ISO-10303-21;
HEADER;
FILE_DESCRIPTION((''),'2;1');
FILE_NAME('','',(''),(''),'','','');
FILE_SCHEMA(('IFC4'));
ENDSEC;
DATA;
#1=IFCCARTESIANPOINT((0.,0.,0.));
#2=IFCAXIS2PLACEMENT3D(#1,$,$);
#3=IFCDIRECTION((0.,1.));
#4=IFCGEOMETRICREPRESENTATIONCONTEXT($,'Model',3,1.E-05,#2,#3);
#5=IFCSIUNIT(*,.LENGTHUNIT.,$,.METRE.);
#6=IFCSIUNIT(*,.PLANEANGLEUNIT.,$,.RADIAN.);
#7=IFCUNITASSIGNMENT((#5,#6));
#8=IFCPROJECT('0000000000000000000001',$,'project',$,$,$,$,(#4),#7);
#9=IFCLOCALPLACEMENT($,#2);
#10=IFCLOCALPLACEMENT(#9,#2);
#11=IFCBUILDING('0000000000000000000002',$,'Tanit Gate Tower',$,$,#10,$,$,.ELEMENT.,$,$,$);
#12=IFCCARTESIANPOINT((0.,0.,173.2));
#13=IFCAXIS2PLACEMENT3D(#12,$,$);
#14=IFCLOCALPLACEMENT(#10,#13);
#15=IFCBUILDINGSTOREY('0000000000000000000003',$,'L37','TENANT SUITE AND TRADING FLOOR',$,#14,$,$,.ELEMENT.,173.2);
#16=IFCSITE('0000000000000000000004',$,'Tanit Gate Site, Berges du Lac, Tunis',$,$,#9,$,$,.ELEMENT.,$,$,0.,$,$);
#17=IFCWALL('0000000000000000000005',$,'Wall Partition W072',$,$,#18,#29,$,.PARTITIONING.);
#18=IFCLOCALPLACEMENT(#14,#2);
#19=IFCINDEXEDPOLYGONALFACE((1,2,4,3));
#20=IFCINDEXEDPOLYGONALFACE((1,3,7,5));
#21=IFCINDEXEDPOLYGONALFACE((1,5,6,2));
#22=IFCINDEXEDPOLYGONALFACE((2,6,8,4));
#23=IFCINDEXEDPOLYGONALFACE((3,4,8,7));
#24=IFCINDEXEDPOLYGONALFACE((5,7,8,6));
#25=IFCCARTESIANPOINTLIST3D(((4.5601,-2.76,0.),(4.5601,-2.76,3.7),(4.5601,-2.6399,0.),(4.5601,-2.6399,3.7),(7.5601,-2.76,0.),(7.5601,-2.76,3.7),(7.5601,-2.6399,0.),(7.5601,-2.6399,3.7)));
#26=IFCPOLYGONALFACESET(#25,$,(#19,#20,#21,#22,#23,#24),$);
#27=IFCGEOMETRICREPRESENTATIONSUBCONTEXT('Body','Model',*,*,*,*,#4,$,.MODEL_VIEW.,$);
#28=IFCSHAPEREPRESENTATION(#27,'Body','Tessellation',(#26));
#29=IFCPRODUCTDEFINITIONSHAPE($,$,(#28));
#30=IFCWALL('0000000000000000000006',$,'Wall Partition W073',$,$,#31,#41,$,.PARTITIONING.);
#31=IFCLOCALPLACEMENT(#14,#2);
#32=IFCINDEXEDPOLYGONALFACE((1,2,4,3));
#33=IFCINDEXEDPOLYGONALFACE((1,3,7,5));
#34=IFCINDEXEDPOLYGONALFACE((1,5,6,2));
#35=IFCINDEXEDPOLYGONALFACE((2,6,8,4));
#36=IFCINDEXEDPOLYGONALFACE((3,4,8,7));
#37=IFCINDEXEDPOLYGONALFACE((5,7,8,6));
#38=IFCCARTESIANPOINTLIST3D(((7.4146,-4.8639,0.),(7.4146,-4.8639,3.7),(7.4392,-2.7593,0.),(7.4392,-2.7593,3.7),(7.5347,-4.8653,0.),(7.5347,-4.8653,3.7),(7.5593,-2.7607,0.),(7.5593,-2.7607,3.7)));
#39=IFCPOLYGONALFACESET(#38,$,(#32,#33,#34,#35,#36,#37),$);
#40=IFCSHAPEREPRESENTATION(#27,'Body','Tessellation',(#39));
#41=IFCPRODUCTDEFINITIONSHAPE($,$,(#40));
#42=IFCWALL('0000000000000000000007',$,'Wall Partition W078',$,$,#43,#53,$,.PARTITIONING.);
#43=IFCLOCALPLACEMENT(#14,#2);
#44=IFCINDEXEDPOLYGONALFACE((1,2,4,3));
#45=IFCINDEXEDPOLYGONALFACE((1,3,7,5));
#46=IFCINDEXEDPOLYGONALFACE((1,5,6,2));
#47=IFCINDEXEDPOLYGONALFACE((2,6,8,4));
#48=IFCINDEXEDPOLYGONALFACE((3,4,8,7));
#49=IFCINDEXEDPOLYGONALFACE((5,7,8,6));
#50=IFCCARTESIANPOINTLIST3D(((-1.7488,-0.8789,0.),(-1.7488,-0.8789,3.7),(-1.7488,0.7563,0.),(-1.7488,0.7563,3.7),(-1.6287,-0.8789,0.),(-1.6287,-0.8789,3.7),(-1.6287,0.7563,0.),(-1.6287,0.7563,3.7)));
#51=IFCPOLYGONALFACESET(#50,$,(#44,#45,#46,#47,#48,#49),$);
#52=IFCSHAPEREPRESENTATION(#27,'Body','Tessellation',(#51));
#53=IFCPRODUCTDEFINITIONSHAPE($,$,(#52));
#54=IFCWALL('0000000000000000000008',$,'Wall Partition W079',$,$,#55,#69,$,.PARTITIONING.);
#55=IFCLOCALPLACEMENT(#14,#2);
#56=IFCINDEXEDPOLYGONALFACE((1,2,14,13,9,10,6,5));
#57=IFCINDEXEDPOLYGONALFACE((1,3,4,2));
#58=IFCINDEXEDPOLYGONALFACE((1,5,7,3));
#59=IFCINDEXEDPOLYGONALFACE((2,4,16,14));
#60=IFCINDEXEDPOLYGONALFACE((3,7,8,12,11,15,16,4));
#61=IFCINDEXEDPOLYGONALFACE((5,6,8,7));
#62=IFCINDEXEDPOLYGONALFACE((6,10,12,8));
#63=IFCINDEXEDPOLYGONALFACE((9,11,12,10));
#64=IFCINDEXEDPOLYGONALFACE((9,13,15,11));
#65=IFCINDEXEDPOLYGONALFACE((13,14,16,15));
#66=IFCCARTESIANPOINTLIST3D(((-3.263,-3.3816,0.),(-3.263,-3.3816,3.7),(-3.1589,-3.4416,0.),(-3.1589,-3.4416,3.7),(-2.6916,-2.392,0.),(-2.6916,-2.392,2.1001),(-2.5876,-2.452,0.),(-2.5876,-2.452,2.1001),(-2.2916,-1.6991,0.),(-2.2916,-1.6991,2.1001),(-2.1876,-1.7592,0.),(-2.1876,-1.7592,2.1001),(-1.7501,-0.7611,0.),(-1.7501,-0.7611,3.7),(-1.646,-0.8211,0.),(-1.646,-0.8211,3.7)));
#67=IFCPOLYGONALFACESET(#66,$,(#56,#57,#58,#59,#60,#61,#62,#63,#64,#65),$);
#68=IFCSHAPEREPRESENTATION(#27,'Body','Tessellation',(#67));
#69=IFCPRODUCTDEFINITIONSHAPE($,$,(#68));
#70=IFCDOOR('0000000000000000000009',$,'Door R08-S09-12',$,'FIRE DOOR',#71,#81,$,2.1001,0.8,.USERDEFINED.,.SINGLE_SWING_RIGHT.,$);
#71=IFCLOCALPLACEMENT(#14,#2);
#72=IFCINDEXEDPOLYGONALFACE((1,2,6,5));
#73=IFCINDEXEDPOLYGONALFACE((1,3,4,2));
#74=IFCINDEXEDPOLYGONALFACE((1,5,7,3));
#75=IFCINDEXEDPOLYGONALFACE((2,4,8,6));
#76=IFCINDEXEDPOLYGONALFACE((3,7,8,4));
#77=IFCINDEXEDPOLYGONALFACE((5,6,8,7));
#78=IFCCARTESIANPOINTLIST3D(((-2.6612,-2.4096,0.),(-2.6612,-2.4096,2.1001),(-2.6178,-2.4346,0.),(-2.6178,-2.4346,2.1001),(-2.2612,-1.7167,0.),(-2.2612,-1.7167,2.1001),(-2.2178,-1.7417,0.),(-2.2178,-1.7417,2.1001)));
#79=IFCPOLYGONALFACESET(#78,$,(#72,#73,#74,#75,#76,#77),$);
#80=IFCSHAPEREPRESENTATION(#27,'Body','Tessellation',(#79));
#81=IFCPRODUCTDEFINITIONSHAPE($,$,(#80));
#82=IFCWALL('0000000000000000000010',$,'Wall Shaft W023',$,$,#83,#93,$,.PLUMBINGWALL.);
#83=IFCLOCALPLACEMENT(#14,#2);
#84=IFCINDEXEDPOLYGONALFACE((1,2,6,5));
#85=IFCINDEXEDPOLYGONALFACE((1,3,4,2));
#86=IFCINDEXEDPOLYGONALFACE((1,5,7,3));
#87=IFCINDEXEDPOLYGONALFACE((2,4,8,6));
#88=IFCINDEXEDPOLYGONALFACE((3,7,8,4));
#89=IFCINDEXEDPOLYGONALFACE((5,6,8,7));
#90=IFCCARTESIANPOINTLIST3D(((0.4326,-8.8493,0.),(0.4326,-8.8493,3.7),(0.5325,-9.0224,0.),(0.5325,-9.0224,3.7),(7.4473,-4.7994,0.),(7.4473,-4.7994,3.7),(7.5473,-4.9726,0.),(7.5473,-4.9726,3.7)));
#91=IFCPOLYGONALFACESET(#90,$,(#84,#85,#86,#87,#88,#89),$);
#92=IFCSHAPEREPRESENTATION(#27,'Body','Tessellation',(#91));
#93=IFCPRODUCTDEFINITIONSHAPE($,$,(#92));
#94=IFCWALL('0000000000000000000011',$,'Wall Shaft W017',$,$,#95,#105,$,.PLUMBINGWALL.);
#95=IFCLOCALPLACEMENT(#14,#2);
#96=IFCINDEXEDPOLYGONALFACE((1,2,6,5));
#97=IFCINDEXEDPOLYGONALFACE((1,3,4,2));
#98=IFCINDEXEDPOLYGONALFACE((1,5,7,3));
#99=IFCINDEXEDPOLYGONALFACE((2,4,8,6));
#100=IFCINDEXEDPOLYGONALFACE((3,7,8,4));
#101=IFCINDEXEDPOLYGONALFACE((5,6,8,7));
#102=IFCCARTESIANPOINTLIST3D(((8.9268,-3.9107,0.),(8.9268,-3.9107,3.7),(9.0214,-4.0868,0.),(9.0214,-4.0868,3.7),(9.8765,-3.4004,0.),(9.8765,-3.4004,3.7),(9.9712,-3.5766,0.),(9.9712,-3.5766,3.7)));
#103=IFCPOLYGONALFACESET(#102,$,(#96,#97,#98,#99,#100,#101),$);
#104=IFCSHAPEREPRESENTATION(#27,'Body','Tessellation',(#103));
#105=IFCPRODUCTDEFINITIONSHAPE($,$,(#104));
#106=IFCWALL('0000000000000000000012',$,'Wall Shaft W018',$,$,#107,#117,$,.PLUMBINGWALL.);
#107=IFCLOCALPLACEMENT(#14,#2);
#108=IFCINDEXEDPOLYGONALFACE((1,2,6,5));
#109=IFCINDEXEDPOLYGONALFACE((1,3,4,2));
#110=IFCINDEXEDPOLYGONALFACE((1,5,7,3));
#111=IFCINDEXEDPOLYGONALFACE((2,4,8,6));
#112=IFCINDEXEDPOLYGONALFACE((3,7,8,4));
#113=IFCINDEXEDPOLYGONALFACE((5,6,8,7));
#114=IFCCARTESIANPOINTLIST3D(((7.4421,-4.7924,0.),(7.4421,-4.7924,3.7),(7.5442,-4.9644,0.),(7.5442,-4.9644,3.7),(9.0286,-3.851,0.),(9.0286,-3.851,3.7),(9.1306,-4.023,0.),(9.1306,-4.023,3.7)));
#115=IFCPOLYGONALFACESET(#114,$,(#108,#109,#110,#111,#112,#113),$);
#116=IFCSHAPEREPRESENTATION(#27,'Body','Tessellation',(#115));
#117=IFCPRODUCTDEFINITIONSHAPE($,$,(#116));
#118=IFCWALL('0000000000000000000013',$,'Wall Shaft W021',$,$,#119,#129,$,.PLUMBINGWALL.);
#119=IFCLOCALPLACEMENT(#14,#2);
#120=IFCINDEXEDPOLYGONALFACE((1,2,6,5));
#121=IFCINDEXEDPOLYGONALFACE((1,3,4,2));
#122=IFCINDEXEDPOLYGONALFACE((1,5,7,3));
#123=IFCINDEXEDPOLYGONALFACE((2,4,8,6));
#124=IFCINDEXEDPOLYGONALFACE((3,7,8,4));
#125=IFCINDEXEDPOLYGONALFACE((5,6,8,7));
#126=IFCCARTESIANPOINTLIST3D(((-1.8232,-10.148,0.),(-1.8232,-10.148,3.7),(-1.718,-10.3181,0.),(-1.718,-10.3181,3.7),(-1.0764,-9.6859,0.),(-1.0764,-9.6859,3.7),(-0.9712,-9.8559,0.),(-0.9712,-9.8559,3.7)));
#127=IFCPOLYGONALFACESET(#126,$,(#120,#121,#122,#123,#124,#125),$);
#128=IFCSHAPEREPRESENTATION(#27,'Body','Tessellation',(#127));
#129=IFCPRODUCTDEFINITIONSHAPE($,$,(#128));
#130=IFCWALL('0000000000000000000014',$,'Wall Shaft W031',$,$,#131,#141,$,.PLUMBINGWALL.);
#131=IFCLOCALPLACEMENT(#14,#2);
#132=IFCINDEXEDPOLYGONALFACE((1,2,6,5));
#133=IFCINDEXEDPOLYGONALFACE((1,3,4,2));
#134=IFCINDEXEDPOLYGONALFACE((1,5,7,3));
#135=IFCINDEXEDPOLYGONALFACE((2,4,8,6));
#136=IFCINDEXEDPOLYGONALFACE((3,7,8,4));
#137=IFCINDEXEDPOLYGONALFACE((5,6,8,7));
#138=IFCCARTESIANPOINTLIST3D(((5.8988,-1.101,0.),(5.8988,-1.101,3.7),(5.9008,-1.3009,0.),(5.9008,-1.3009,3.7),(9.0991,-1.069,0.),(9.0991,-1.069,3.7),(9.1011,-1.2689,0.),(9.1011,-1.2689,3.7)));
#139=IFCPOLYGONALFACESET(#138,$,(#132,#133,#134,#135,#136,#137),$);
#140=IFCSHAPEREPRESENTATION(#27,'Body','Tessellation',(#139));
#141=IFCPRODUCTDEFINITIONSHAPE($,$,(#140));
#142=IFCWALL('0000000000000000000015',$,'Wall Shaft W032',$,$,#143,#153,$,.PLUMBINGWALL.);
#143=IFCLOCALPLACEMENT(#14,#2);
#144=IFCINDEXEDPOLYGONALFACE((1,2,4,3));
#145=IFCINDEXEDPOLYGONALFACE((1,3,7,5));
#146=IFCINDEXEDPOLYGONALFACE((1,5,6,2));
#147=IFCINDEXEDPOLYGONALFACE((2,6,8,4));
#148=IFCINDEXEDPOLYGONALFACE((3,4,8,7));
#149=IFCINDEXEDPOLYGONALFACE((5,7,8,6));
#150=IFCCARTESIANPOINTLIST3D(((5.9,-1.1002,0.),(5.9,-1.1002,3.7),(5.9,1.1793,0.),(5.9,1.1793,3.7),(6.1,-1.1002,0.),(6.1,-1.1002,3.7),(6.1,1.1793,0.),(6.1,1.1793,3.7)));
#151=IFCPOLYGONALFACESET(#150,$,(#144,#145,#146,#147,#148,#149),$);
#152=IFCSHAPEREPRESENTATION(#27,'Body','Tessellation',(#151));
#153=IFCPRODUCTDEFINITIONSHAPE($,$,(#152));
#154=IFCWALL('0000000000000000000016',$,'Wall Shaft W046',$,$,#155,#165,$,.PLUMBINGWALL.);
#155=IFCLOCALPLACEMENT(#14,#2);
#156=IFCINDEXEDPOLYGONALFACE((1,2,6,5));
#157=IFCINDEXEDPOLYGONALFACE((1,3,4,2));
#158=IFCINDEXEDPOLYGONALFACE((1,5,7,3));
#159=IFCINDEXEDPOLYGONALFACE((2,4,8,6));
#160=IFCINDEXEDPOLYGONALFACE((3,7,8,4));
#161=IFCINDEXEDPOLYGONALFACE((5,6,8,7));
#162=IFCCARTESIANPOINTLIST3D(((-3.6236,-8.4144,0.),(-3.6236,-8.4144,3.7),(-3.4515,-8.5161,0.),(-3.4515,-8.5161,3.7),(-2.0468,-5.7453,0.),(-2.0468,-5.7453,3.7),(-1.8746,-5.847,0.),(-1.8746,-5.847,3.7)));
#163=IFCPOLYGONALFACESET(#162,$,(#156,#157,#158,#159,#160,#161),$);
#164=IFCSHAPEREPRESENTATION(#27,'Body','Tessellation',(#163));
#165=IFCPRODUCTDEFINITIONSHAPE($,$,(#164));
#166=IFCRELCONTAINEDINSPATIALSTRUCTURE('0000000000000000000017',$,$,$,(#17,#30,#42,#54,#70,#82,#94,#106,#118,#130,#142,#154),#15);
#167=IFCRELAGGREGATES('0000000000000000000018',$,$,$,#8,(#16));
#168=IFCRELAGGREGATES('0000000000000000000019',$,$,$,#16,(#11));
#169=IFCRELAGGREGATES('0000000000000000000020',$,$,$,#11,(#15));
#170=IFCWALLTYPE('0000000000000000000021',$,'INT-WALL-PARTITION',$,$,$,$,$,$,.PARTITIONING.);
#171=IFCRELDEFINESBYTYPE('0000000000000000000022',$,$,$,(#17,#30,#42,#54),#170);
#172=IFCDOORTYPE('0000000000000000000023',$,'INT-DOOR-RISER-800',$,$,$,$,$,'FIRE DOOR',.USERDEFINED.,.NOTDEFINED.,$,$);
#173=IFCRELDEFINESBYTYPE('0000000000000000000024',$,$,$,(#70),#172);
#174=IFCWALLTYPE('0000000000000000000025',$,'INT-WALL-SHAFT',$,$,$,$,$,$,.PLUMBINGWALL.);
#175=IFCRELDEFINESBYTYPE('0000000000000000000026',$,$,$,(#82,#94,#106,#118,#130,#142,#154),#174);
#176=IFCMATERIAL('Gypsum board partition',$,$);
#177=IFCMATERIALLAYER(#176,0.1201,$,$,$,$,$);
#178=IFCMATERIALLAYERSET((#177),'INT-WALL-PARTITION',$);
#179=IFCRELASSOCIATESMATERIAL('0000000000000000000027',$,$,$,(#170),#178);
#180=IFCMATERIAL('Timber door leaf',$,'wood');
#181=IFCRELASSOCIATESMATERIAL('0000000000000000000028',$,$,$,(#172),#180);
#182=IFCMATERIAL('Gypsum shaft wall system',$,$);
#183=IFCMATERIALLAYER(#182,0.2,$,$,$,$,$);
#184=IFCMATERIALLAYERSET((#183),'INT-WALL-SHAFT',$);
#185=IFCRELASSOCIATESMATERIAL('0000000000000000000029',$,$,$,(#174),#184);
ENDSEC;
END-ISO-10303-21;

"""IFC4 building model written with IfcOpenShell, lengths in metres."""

from ifc_helpers import new_model, si_unit, direction, frame, frame_2d, origin, place, context, subcontext, project, spatial, rectangle, extrude, material, layer, layer_set, type_object, element, fill, save


model = new_model("IFC4")

# Units and contexts
model_context = context("Model", 3, precision=1e-05, world=origin(), true_north=direction((0.0, 1.0)))
body_context = subcontext(model_context, "Body", "Model", "MODEL_VIEW")
ifc_project = project(units=[si_unit("LENGTHUNIT", "METRE"), si_unit("PLANEANGLEUNIT", "RADIAN")], contexts=[model_context])

# Site, building, storey
site_placement = place(None, origin())
site = spatial("IfcSite", under=ifc_project, at=site_placement, Name="Tanit Gate Site, Berges du Lac, Tunis", CompositionType="ELEMENT", RefElevation=0.0)
building_placement = place(site_placement, origin())
building = spatial("IfcBuilding", under=site, at=building_placement, Name="Tanit Gate Tower", CompositionType="ELEMENT")
storey_placement = place(building_placement, frame((0.0, 0.0, 173.2)))
storey = spatial("IfcBuildingStorey", under=building, at=storey_placement, Name="L37", Description="TENANT SUITE AND TRADING FLOOR", CompositionType="ELEMENT", Elevation=173.2)

# Shared definitions
ifc_material_1 = material(Name="Gypsum board partition")
ifc_layer_1 = layer(ifc_material_1, 0.1201)
ifc_layer_set_1 = layer_set([ifc_layer_1], Name="INT-WALL-PARTITION")
wall_type_1 = type_object("IfcWallType", Name="INT-WALL-PARTITION", PredefinedType="PARTITIONING", material=ifc_layer_set_1)
ifc_material_2 = material(Name="Timber door leaf", Category="wood")
door_type_1 = type_object("IfcDoorType", Name="INT-DOOR-RISER-800", ElementType="FIRE DOOR", OperationType="NOTDEFINED", PredefinedType="USERDEFINED", material=ifc_material_2)

# Walls
wall_1_placement = place(storey_placement, frame((7.5601, -2.7, 0.0), z_axis=(0.0, 0.0, 1.0), x_axis=(-1.0, 0.0, 0.0)))
element("IfcWall", 1, at=wall_1_placement, inside=storey, type_object=wall_type_1, Name="Wall Partition W072", PredefinedType="PARTITIONING", context=body_context, shape_type="SweptSolid", body=[
    extrude(rectangle(XDim=3.0, YDim=0.1201, at=frame_2d((1.5, 0.0))), origin(), (0.0, 0.0, 1.0), 3.7),
])
wall_2_placement = place(storey_placement, frame((7.4746, -4.8645, 0.0), z_axis=(0.0, 0.0, 1.0), x_axis=(0.011716, 0.999931, 0.0)))
element("IfcWall", 2, at=wall_2_placement, inside=storey, type_object=wall_type_1, Name="Wall Partition W073", PredefinedType="PARTITIONING", context=body_context, shape_type="SweptSolid", body=[
    extrude(rectangle(XDim=2.1047, YDim=0.1201, at=frame_2d((1.0522, 0.0))), origin(), (0.0, 0.0, 1.0), 3.7),
])
wall_3_placement = place(storey_placement, frame((-1.6887, -0.8789, 0.0), z_axis=(0.0, 0.0, 1.0), x_axis=(0.0, 1.0, 0.0)))
element("IfcWall", 3, at=wall_3_placement, inside=storey, type_object=wall_type_1, Name="Wall Partition W078", PredefinedType="PARTITIONING", context=body_context, shape_type="SweptSolid", body=[
    extrude(rectangle(XDim=1.6353, YDim=0.1201, at=frame_2d((0.8176, 0.0))), origin(), (0.0, 0.0, 1.0), 3.7),
])

# Wall, opening, door
wall_4_placement = place(storey_placement, frame((-3.2109, -3.4116, 0.0), z_axis=(0.0, 0.0, 1.0), x_axis=(0.499983, 0.866035, 0.0)))
wall_4 = element("IfcWall", 4, at=wall_4_placement, inside=storey, type_object=wall_type_1, Name="Wall Partition W079", PredefinedType="PARTITIONING", context=body_context, shape_type="SweptSolid", body=[
    extrude(rectangle(XDim=3.0259, YDim=0.1201, at=frame_2d((1.5129, 0.0))), origin(), (0.0, 0.0, 1.0), 3.7),
])
opening_1_placement = place(wall_4_placement, frame((1.1428, 0.0, 0.0)))
opening_1 = element("IfcOpeningElement", 5, at=opening_1_placement, cuts=wall_4, PredefinedType="OPENING", context=body_context, shape_type="SweptSolid", body=[
    extrude(rectangle(XDim=0.8, YDim=2.1001, at=frame_2d((0.3999, 1.05))), frame((0.0, 0.0701, 0.0), z_axis=(0.0, -1.0, 0.0), x_axis=(1.0, 0.0, 0.0)), (0.0, 0.0, 1.0), 0.1401),
])
door_1_placement = place(opening_1_placement, origin())
door_1 = element("IfcDoor", 6, at=door_1_placement, inside=storey, type_object=door_type_1, Name="Door R08-S09-12", ObjectType="FIRE DOOR", OperationType="SINGLE_SWING_RIGHT", OverallHeight=2.1001, OverallWidth=0.8, PredefinedType="USERDEFINED", context=body_context, shape_type="SweptSolid", body=[
    extrude(rectangle(XDim=0.8, YDim=2.1001, at=frame_2d((0.3999, 1.05))), frame((0.0, 0.0249, 0.0), z_axis=(0.0, -1.0, 0.0), x_axis=(1.0, 0.0, 0.0)), (0.0, 0.0, 1.0), 0.05),
])
fill(opening_1, door_1)

# Walls
ifc_material_3 = material(Name="Gypsum shaft wall system")
ifc_layer_2 = layer(ifc_material_3, 0.2)
ifc_layer_set_2 = layer_set([ifc_layer_2], Name="INT-WALL-SHAFT")
wall_type_2 = type_object("IfcWallType", Name="INT-WALL-SHAFT", PredefinedType="PLUMBINGWALL", material=ifc_layer_set_2)
wall_5_placement = place(storey_placement, frame((0.4827, -8.9358, 0.0), z_axis=(0.0, 0.0, 1.0), x_axis=(0.866031, 0.49999, 0.0)))
element("IfcWall", 7, at=wall_5_placement, inside=storey, type_object=wall_type_2, Name="Wall Shaft W023", PredefinedType="PLUMBINGWALL", context=body_context, shape_type="SweptSolid", body=[
    extrude(rectangle(XDim=8.0999, YDim=0.2, at=frame_2d((4.0498, 0.0))), origin(), (0.0, 0.0, 1.0), 3.7),
])
wall_6_placement = place(storey_placement, frame((8.9741, -3.9988, 0.0), z_axis=(0.0, 0.0, 1.0), x_axis=(0.880907, 0.473289, 0.0)))
element("IfcWall", 8, at=wall_6_placement, inside=storey, type_object=wall_type_2, Name="Wall Shaft W017", PredefinedType="PLUMBINGWALL", context=body_context, shape_type="SweptSolid", body=[
    extrude(rectangle(XDim=1.0781, YDim=0.2, at=frame_2d((0.5391, 0.0))), origin(), (0.0, 0.0, 1.0), 3.7),
])
wall_7_placement = place(storey_placement, frame((7.4932, -4.8784, 0.0), z_axis=(0.0, 0.0, 1.0), x_axis=(0.859982, 0.510325, 0.0)))
element("IfcWall", 9, at=wall_7_placement, inside=storey, type_object=wall_type_2, Name="Wall Shaft W018", PredefinedType="PLUMBINGWALL", context=body_context, shape_type="SweptSolid", body=[
    extrude(rectangle(XDim=1.8447, YDim=0.2, at=frame_2d((0.9224, 0.0))), origin(), (0.0, 0.0, 1.0), 3.7),
])
wall_8_placement = place(storey_placement, frame((-1.0239, -9.771, 0.0), z_axis=(0.0, 0.0, 1.0), x_axis=(-0.850348, -0.526221, 0.0)))
element("IfcWall", 10, at=wall_8_placement, inside=storey, type_object=wall_type_2, Name="Wall Shaft W021", PredefinedType="PLUMBINGWALL", context=body_context, shape_type="SweptSolid", body=[
    extrude(rectangle(XDim=0.8782, YDim=0.2, at=frame_2d((0.439, 0.0))), origin(), (0.0, 0.0, 1.0), 3.7),
])
wall_9_placement = place(storey_placement, frame((5.8999, -1.2009, 0.0), z_axis=(0.0, 0.0, 1.0), x_axis=(0.99995, 0.009993, 0.0)))
element("IfcWall", 11, at=wall_9_placement, inside=storey, type_object=wall_type_2, Name="Wall Shaft W031", PredefinedType="PLUMBINGWALL", context=body_context, shape_type="SweptSolid", body=[
    extrude(rectangle(XDim=3.2004, YDim=0.2, at=frame_2d((1.6001, 0.0))), origin(), (0.0, 0.0, 1.0), 3.7),
])
wall_10_placement = place(storey_placement, frame((6.0, -1.1001, 0.0), z_axis=(0.0, 0.0, 1.0), x_axis=(0.0, 1.0, 0.0)))
element("IfcWall", 12, at=wall_10_placement, inside=storey, type_object=wall_type_2, Name="Wall Shaft W032", PredefinedType="PLUMBINGWALL", context=body_context, shape_type="SweptSolid", body=[
    extrude(rectangle(XDim=2.2795, YDim=0.2, at=frame_2d((1.1396, 0.0))), origin(), (0.0, 0.0, 1.0), 3.7),
])

# Wall
wall_11_placement = place(storey_placement, frame((-1.9607, -5.7961, 0.0), z_axis=(0.0, 0.0, 1.0), x_axis=(-0.508647, -0.860975, 0.0)))
element("IfcWall", 13, at=wall_11_placement, inside=storey, type_object=wall_type_2, Name="Wall Shaft W046", PredefinedType="PLUMBINGWALL", context=body_context, shape_type="SweptSolid", body=[
    extrude(rectangle(XDim=3.1001, YDim=0.2, at=frame_2d((1.55, 0.0))), origin(), (0.0, 0.0, 1.0), 3.7),
])

save(model, "model.ifc")
